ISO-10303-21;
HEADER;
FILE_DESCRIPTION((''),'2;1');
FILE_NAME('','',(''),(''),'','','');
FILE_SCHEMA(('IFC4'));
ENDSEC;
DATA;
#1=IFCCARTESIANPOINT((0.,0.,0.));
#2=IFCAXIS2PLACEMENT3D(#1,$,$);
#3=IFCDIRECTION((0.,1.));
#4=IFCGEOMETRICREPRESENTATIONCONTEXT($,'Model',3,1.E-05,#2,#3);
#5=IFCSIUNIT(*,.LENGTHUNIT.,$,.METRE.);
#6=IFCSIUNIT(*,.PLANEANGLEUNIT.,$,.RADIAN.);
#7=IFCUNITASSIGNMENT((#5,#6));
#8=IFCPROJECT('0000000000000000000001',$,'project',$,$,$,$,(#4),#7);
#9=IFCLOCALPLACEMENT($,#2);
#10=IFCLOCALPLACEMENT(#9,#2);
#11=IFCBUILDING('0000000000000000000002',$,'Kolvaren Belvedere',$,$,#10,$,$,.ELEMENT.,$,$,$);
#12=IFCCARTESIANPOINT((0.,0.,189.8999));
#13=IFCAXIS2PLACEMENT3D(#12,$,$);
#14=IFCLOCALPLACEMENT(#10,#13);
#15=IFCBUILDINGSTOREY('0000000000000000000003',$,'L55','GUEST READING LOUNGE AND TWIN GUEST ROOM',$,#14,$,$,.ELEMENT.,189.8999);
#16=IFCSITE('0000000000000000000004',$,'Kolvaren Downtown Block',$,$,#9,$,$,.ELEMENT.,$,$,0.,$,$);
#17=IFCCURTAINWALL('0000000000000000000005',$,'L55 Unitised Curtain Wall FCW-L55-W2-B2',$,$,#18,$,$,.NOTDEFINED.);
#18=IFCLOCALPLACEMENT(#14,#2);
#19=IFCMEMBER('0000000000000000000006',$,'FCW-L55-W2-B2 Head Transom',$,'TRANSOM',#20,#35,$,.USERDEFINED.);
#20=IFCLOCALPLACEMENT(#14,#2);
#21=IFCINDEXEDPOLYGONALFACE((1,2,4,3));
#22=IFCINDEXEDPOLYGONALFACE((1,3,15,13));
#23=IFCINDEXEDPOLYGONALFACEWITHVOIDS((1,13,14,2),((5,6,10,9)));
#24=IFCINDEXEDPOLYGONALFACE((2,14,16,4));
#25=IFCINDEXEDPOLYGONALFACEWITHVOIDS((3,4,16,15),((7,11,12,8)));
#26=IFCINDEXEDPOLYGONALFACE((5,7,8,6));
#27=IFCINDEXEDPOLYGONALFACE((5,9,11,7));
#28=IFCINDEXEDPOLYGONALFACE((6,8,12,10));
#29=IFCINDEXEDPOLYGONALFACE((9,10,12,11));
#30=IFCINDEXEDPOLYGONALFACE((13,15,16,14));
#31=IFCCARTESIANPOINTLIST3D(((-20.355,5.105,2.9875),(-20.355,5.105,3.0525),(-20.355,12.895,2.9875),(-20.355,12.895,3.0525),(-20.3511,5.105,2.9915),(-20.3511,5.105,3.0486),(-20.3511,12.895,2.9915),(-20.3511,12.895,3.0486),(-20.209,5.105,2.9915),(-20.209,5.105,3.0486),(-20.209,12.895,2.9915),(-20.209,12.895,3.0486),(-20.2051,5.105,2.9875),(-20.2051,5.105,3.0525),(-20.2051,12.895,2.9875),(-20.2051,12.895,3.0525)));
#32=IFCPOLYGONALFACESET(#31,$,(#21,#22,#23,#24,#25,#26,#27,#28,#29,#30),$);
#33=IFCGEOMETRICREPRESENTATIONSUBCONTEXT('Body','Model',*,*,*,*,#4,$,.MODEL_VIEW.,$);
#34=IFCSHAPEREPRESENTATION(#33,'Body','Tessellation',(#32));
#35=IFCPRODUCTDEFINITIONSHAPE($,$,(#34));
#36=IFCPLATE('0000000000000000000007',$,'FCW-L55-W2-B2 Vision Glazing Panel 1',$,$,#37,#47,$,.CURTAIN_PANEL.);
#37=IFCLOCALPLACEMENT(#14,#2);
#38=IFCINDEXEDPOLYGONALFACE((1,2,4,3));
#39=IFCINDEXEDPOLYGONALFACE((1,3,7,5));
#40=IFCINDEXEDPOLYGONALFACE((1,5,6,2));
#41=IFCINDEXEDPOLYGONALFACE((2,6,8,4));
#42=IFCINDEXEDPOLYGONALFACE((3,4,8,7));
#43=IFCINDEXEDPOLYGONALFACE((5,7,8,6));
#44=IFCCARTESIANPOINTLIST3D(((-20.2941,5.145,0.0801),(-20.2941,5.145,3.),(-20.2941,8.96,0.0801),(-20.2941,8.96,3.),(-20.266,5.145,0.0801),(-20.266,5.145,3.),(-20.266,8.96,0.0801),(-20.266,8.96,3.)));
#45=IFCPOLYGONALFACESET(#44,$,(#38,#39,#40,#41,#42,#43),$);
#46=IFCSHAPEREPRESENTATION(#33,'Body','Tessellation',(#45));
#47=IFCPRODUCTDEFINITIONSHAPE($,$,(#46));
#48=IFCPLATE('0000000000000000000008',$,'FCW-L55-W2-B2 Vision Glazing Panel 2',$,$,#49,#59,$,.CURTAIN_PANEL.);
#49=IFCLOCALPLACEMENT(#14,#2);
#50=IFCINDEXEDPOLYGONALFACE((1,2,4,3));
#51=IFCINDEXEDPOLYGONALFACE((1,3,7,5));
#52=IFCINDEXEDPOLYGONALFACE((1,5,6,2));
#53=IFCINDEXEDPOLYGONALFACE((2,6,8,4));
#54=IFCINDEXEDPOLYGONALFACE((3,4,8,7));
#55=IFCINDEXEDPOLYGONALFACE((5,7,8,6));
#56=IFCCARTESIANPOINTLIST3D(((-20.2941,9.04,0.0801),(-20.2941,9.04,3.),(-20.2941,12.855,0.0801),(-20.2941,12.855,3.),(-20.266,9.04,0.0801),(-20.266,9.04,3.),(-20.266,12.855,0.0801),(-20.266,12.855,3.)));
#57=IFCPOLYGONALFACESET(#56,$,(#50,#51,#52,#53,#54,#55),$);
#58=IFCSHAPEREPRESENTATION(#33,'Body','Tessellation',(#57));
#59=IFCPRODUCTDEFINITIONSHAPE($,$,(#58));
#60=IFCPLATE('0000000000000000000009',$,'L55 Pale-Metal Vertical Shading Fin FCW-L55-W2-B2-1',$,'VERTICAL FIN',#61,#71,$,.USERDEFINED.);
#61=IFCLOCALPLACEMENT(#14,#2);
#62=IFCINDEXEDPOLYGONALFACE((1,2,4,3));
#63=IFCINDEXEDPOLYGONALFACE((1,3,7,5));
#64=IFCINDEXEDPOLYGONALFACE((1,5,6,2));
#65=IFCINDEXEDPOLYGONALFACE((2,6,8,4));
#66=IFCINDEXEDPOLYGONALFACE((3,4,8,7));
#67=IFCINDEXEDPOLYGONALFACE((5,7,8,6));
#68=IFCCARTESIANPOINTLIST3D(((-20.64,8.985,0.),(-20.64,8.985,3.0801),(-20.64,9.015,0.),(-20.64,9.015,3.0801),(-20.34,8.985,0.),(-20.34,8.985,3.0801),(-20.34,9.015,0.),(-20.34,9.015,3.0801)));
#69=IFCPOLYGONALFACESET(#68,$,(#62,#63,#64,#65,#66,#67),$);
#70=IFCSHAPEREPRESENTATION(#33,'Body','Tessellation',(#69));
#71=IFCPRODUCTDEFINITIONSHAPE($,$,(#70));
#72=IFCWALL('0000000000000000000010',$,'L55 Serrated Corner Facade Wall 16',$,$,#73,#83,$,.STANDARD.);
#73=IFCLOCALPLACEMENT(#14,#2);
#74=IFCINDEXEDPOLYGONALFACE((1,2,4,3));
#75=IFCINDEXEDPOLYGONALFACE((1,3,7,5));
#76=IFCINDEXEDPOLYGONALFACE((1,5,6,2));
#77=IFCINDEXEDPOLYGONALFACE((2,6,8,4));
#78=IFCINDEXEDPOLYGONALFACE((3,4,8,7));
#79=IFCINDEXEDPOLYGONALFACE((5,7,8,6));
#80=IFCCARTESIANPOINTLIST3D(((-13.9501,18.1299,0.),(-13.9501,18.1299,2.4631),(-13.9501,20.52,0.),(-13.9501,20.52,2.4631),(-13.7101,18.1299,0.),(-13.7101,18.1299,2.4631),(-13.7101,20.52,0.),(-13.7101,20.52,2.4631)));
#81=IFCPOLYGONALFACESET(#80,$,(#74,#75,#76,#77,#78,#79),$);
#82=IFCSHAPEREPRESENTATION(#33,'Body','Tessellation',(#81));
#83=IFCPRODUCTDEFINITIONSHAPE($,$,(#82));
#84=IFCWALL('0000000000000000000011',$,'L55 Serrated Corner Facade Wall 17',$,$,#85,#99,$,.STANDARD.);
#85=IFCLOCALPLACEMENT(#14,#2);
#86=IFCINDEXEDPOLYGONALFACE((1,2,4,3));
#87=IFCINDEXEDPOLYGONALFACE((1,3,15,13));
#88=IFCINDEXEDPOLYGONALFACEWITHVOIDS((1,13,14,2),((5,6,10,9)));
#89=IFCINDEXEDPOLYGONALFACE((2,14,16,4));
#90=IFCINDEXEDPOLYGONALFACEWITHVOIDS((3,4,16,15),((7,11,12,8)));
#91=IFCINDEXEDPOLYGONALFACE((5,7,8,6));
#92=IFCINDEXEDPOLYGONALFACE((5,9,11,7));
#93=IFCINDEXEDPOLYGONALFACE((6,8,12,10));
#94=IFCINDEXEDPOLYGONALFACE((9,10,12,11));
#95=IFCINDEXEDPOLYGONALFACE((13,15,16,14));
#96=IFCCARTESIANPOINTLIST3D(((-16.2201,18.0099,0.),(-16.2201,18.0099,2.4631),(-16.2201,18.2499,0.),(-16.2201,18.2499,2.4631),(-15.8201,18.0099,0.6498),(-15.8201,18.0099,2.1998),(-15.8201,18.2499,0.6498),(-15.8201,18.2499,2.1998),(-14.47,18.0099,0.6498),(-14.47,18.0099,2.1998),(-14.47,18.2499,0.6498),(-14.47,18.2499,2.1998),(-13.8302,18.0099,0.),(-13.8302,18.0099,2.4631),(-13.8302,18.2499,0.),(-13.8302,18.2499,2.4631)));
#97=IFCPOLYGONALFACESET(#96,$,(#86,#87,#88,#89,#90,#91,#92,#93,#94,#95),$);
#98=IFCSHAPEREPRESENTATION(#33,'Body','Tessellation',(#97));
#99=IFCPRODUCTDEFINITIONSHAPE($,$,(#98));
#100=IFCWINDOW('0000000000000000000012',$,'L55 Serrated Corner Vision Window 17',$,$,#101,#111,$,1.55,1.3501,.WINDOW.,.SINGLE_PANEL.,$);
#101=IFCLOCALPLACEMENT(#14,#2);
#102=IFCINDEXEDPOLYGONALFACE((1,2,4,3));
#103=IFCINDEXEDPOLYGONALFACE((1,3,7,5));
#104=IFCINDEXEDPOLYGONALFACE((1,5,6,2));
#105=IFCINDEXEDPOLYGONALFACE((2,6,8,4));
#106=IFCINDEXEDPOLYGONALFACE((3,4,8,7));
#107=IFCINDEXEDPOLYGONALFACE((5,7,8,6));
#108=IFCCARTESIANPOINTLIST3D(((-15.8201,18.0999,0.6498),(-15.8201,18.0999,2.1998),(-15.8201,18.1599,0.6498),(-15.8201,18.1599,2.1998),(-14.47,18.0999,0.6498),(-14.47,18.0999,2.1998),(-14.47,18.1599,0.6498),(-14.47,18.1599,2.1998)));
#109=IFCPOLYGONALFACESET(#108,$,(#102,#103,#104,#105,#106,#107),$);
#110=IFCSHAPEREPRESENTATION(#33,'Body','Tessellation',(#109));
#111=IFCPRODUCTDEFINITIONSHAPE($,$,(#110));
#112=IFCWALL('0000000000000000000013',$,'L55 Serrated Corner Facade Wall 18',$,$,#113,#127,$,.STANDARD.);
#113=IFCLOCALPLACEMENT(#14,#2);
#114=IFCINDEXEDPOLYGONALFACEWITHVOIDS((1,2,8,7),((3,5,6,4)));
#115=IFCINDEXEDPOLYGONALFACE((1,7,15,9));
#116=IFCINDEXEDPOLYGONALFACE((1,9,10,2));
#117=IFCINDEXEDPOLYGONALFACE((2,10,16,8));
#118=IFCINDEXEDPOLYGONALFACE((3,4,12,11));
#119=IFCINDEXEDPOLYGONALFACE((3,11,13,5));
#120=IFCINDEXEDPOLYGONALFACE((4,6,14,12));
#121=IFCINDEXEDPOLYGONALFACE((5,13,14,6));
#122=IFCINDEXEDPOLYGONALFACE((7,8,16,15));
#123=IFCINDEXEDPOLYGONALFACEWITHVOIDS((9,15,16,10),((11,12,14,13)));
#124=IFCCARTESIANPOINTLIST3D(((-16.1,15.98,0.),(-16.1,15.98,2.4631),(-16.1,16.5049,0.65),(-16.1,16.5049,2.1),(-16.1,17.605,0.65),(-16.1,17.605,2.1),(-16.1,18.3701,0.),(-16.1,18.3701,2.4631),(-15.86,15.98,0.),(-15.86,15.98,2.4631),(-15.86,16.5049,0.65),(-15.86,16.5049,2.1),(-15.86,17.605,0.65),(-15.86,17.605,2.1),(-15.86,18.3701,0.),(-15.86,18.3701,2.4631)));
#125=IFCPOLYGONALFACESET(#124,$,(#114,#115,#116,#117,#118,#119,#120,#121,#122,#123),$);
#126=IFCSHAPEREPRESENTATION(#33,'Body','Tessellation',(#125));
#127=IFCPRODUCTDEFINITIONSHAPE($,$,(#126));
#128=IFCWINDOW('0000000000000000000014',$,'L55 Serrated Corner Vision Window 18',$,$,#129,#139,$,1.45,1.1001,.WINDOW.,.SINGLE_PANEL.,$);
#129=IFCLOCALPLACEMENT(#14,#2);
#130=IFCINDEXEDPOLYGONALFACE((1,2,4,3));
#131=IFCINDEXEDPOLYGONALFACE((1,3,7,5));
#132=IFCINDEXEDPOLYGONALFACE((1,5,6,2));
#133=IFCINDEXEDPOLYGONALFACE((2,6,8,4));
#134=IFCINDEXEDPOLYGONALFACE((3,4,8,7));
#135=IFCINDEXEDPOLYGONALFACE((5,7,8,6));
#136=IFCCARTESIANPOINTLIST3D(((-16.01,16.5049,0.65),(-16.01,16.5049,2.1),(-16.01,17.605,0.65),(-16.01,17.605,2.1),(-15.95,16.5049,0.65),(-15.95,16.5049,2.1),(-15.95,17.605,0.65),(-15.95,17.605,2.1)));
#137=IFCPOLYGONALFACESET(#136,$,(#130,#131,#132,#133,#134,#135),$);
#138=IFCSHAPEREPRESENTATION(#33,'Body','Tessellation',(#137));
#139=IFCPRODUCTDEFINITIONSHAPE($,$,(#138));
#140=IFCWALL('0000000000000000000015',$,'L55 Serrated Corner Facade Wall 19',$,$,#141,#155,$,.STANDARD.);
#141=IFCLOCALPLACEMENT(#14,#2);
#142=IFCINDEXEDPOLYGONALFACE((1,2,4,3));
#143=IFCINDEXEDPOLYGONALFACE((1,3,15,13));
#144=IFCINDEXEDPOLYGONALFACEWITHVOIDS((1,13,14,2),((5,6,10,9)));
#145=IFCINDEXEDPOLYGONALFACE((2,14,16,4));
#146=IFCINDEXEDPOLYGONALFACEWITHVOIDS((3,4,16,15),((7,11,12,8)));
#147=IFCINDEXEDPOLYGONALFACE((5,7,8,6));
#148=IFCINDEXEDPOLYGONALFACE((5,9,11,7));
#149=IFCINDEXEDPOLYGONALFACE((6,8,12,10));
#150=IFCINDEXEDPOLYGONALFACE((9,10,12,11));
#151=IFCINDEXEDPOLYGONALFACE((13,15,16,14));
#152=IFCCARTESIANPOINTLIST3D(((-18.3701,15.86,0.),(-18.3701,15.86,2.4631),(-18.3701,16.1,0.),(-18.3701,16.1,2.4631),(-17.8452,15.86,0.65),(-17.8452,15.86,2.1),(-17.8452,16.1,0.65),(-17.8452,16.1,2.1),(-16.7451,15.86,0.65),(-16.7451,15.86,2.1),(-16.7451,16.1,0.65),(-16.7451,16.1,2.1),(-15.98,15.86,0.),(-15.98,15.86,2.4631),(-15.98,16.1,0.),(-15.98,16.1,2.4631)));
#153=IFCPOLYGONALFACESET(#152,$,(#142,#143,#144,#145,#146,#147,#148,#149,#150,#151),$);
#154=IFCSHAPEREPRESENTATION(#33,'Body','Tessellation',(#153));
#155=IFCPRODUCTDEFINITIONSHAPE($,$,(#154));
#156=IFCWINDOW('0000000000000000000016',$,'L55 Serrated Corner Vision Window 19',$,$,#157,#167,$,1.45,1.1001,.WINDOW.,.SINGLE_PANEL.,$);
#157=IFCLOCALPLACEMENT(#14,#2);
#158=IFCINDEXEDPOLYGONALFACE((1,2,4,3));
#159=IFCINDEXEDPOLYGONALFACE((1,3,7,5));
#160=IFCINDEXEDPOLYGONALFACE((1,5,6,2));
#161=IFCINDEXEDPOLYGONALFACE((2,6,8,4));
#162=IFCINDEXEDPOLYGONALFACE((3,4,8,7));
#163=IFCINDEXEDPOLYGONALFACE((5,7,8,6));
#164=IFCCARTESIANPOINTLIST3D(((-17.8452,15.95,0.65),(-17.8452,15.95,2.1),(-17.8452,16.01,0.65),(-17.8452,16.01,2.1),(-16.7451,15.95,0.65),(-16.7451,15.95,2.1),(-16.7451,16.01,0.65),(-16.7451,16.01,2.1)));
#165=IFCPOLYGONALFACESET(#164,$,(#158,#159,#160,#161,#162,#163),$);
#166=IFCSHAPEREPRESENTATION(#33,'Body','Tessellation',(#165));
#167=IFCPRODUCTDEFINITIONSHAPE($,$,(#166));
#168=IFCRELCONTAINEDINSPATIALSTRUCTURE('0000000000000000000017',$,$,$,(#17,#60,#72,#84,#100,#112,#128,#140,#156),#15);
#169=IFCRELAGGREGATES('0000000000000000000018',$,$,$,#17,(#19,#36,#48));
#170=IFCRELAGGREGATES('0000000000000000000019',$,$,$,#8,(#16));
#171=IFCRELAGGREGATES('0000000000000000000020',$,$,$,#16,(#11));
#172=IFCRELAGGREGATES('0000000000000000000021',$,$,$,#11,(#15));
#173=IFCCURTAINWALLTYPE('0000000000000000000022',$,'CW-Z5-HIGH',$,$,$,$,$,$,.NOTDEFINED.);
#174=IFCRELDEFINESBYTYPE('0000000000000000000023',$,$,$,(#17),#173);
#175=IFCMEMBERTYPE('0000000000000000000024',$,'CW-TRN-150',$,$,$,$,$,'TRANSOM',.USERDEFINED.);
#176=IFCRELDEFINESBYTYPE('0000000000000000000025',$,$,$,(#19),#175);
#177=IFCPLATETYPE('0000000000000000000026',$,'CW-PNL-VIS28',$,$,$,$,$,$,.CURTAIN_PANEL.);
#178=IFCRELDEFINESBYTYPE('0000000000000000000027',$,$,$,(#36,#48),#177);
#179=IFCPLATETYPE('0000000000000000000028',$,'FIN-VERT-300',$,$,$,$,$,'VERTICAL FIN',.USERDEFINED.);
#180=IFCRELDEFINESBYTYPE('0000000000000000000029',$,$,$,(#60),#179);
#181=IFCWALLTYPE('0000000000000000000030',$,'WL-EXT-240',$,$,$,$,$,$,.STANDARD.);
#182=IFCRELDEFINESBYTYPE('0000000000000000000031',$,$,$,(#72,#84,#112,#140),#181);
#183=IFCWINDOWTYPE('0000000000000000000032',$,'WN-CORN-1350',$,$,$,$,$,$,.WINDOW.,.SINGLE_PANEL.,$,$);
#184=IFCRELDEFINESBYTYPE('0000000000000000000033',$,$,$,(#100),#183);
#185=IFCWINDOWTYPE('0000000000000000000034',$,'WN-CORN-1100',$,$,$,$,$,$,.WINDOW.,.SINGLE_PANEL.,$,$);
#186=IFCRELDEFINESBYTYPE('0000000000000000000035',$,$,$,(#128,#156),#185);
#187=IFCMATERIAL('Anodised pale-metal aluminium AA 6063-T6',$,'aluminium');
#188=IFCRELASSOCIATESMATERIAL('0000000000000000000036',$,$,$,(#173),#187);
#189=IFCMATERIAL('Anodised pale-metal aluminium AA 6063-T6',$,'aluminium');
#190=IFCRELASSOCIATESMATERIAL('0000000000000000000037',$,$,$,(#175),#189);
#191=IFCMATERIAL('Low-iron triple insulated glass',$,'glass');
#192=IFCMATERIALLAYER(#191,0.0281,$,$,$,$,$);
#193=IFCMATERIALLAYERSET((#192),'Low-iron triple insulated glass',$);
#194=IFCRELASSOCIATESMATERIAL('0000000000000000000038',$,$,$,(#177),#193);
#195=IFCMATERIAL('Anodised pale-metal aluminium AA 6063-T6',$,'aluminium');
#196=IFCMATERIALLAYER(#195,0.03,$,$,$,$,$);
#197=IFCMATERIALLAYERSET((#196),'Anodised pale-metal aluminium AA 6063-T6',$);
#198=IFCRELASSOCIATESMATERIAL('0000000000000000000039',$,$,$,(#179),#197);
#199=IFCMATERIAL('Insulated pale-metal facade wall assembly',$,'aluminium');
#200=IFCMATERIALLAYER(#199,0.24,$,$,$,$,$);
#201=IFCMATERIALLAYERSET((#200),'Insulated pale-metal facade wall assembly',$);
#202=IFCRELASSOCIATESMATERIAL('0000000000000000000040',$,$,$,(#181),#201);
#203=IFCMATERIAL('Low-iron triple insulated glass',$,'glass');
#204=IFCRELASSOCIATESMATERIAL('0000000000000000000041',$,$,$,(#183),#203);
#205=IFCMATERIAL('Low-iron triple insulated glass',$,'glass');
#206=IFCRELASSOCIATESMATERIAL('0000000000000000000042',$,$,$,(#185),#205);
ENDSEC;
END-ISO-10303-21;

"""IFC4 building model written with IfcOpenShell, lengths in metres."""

from ifc_helpers import new_model, si_unit, direction, frame, frame_2d, origin, origin_2d, place, context, subcontext, project, spatial, rectangle, hollow_rectangle, extrude, material, layer, layer_set, material_profile, profile_set, type_object, element, fill, aggregate, save


model = new_model("IFC4")

# Units and contexts
model_context = context("Model", 3, precision=1e-05, world=origin(), true_north=direction((0.0, 1.0)))
body_context = subcontext(model_context, "Body", "Model", "MODEL_VIEW")
ifc_project = project(units=[si_unit("LENGTHUNIT", "METRE"), si_unit("PLANEANGLEUNIT", "RADIAN")], contexts=[model_context])

# Site, building, storey
site_placement = place(None, origin())
site = spatial("IfcSite", under=ifc_project, at=site_placement, Name="Kolvaren Downtown Block", CompositionType="ELEMENT", RefElevation=0.0)
building_placement = place(site_placement, origin())
building = spatial("IfcBuilding", under=site, at=building_placement, Name="Kolvaren Belvedere", CompositionType="ELEMENT")
storey_placement = place(building_placement, frame((0.0, 0.0, 189.8999)))
storey = spatial("IfcBuildingStorey", under=building, at=storey_placement, Name="L55", Description="GUEST READING LOUNGE AND TWIN GUEST ROOM", CompositionType="ELEMENT", Elevation=189.8999)

# Curtain wall, member, plates
ifc_material_1 = material(Name="Anodised pale-metal aluminium AA 6063-T6", Category="aluminium")
curtain_wall_type = type_object("IfcCurtainWallType", Name="CW-Z5-HIGH", PredefinedType="NOTDEFINED", material=ifc_material_1)
curtain_wall_placement = place(storey_placement, origin())
curtain_wall = element("IfcCurtainWall", 1, at=curtain_wall_placement, inside=storey, type_object=curtain_wall_type, Name="L55 Unitised Curtain Wall FCW-L55-W2-B2", PredefinedType="NOTDEFINED")
ifc_material_2 = material(Name="Anodised pale-metal aluminium AA 6063-T6", Category="aluminium")
ifc_material_profile_1 = material_profile(ifc_material_2, hollow_rectangle(XDim=0.0649, YDim=0.1499, WallThickness=0.0039, at=origin_2d()), Name="ALU-TRN-150X65")
ifc_profile_set_1 = profile_set([ifc_material_profile_1], Name="Anodised pale-metal aluminium AA 6063-T6")
member_type_1 = type_object("IfcMemberType", Name="CW-TRN-150", ElementType="TRANSOM", PredefinedType="USERDEFINED", material=ifc_profile_set_1)
member_1_placement = place(storey_placement, frame((-20.28, 5.105, 3.02), z_axis=(0.0, 1.0, 0.0), x_axis=(0.0, 0.0, 1.0)))
member_1 = element("IfcMember", 2, at=member_1_placement, type_object=member_type_1, Name="FCW-L55-W2-B2 Head Transom", ObjectType="TRANSOM", PredefinedType="USERDEFINED", context=body_context, shape_type="SweptSolid", body=[
    extrude(hollow_rectangle(XDim=0.0649, YDim=0.1499, WallThickness=0.0039, at=origin_2d()), origin(), (0.0, 0.0, 1.0), 7.79),
])
ifc_material_3 = material(Name="Low-iron triple insulated glass", Category="glass")
ifc_layer_1 = layer(ifc_material_3, 0.0281)
ifc_layer_set_1 = layer_set([ifc_layer_1], Name="Low-iron triple insulated glass")
plate_type_1 = type_object("IfcPlateType", Name="CW-PNL-VIS28", PredefinedType="CURTAIN_PANEL", material=ifc_layer_set_1)
plate_1_placement = place(storey_placement, frame((-20.28, 7.0525, 0.0801), z_axis=(0.0, 0.0, 1.0), x_axis=(0.0, 1.0, 0.0)))
plate_1 = element("IfcPlate", 3, at=plate_1_placement, type_object=plate_type_1, Name="FCW-L55-W2-B2 Vision Glazing Panel 1", PredefinedType="CURTAIN_PANEL", context=body_context, shape_type="SweptSolid", body=[
    extrude(rectangle(XDim=3.8149, YDim=0.0281, at=origin_2d()), origin(), (0.0, 0.0, 1.0), 2.9199),
])
plate_2_placement = place(storey_placement, frame((-20.28, 10.9475, 0.0801), z_axis=(0.0, 0.0, 1.0), x_axis=(0.0, 1.0, 0.0)))
plate_2 = element("IfcPlate", 4, at=plate_2_placement, type_object=plate_type_1, Name="FCW-L55-W2-B2 Vision Glazing Panel 2", PredefinedType="CURTAIN_PANEL", context=body_context, shape_type="SweptSolid", body=[
    extrude(rectangle(XDim=3.8149, YDim=0.0281, at=origin_2d()), origin(), (0.0, 0.0, 1.0), 2.9199),
])
aggregate(curtain_wall, [member_1, plate_1, plate_2])

# Plate
ifc_material_4 = material(Name="Anodised pale-metal aluminium AA 6063-T6", Category="aluminium")
ifc_layer_2 = layer(ifc_material_4, 0.03)
ifc_layer_set_2 = layer_set([ifc_layer_2], Name="Anodised pale-metal aluminium AA 6063-T6")
plate_type_2 = type_object("IfcPlateType", Name="FIN-VERT-300", ElementType="VERTICAL FIN", PredefinedType="USERDEFINED", material=ifc_layer_set_2)
plate_3_placement = place(storey_placement, frame((-20.49, 9.0, 0.0), z_axis=(0.0, 0.0, 1.0), x_axis=(1.0, 0.0, 0.0)))
element("IfcPlate", 5, at=plate_3_placement, inside=storey, type_object=plate_type_2, Name="L55 Pale-Metal Vertical Shading Fin FCW-L55-W2-B2-1", ObjectType="VERTICAL FIN", PredefinedType="USERDEFINED", context=body_context, shape_type="SweptSolid", body=[
    extrude(rectangle(XDim=0.3, YDim=0.03, at=origin_2d()), origin(), (0.0, 0.0, 1.0), 3.0801),
])

# Wall
ifc_material_5 = material(Name="Insulated pale-metal facade wall assembly", Category="aluminium")
ifc_layer_3 = layer(ifc_material_5, 0.24)
ifc_layer_set_3 = layer_set([ifc_layer_3], Name="Insulated pale-metal facade wall assembly")
wall_type_1 = type_object("IfcWallType", Name="WL-EXT-240", PredefinedType="STANDARD", material=ifc_layer_set_3)
wall_1_placement = place(storey_placement, frame((-13.8301, 18.1299, 0.0), z_axis=(0.0, 0.0, 1.0), x_axis=(0.0, 1.0, 0.0)))
element("IfcWall", 6, at=wall_1_placement, inside=storey, type_object=wall_type_1, Name="L55 Serrated Corner Facade Wall 16", PredefinedType="STANDARD", context=body_context, shape_type="SweptSolid", body=[
    extrude(rectangle(XDim=2.3901, YDim=0.24, at=frame_2d((1.1951, 0.0))), origin(), (0.0, 0.0, 1.0), 2.4631),
])

# Walls, openings, windows
wall_2_placement = place(storey_placement, frame((-16.22, 18.1299, 0.0), z_axis=(0.0, 0.0, 1.0), x_axis=(1.0, 0.0, 0.0)))
wall_2 = element("IfcWall", 7, at=wall_2_placement, inside=storey, type_object=wall_type_1, Name="L55 Serrated Corner Facade Wall 17", PredefinedType="STANDARD", context=body_context, shape_type="SweptSolid", body=[
    extrude(rectangle(XDim=2.3899, YDim=0.24, at=frame_2d((1.1948, 0.0))), origin(), (0.0, 0.0, 1.0), 2.4631),
])
opening_1_placement = place(wall_2_placement, frame((0.3999, 0.0, 0.6499)))
opening_1 = element("IfcOpeningElement", 8, at=opening_1_placement, cuts=wall_2, PredefinedType="OPENING", context=body_context, shape_type="SweptSolid", body=[
    extrude(rectangle(XDim=1.3501, YDim=1.55, at=frame_2d((0.675, 0.7749))), frame((0.0, 0.1299, 0.0), z_axis=(0.0, -1.0, 0.0), x_axis=(1.0, 0.0, 0.0)), (0.0, 0.0, 1.0), 0.26),
])
ifc_material_6 = material(Name="Low-iron triple insulated glass", Category="glass")
window_type_1 = type_object("IfcWindowType", Name="WN-CORN-1350", PartitioningType="SINGLE_PANEL", PredefinedType="WINDOW", material=ifc_material_6)
window_1_placement = place(opening_1_placement, origin())
window_1 = element("IfcWindow", 9, at=window_1_placement, inside=storey, type_object=window_type_1, Name="L55 Serrated Corner Vision Window 17", OverallHeight=1.55, OverallWidth=1.3501, PartitioningType="SINGLE_PANEL", PredefinedType="WINDOW", context=body_context, shape_type="SweptSolid", body=[
    extrude(rectangle(XDim=1.3501, YDim=1.55, at=frame_2d((0.675, 0.7749))), frame((0.0, 0.03, 0.0), z_axis=(0.0, -1.0, 0.0), x_axis=(1.0, 0.0, 0.0)), (0.0, 0.0, 1.0), 0.0601),
])
fill(opening_1, window_1)
wall_3_placement = place(storey_placement, frame((-15.98, 15.98, 0.0), z_axis=(0.0, 0.0, 1.0), x_axis=(0.0, 1.0, 0.0)))
wall_3 = element("IfcWall", 10, at=wall_3_placement, inside=storey, type_object=wall_type_1, Name="L55 Serrated Corner Facade Wall 18", PredefinedType="STANDARD", context=body_context, shape_type="SweptSolid", body=[
    extrude(rectangle(XDim=2.3901, YDim=0.24, at=frame_2d((1.1951, 0.0))), origin(), (0.0, 0.0, 1.0), 2.4631),
])
opening_2_placement = place(wall_3_placement, frame((0.5249, 0.0, 0.6499)))
opening_2 = element("IfcOpeningElement", 11, at=opening_2_placement, cuts=wall_3, PredefinedType="OPENING", context=body_context, shape_type="SweptSolid", body=[
    extrude(rectangle(XDim=1.1001, YDim=1.45, at=frame_2d((0.55, 0.7251))), frame((0.0, 0.1299, 0.0), z_axis=(0.0, -1.0, 0.0), x_axis=(1.0, 0.0, 0.0)), (0.0, 0.0, 1.0), 0.26),
])
ifc_material_7 = material(Name="Low-iron triple insulated glass", Category="glass")
window_type_2 = type_object("IfcWindowType", Name="WN-CORN-1100", PartitioningType="SINGLE_PANEL", PredefinedType="WINDOW", material=ifc_material_7)
window_2_placement = place(opening_2_placement, origin())
window_2 = element("IfcWindow", 12, at=window_2_placement, inside=storey, type_object=window_type_2, Name="L55 Serrated Corner Vision Window 18", OverallHeight=1.45, OverallWidth=1.1001, PartitioningType="SINGLE_PANEL", PredefinedType="WINDOW", context=body_context, shape_type="SweptSolid", body=[
    extrude(rectangle(XDim=1.1001, YDim=1.45, at=frame_2d((0.55, 0.7251))), frame((0.0, 0.03, 0.0), z_axis=(0.0, -1.0, 0.0), x_axis=(1.0, 0.0, 0.0)), (0.0, 0.0, 1.0), 0.0601),
])
fill(opening_2, window_2)
wall_4_placement = place(storey_placement, frame((-18.3701, 15.98, 0.0), z_axis=(0.0, 0.0, 1.0), x_axis=(1.0, 0.0, 0.0)))
wall_4 = element("IfcWall", 13, at=wall_4_placement, inside=storey, type_object=wall_type_1, Name="L55 Serrated Corner Facade Wall 19", PredefinedType="STANDARD", context=body_context, shape_type="SweptSolid", body=[
    extrude(rectangle(XDim=2.3901, YDim=0.24, at=frame_2d((1.1951, 0.0))), origin(), (0.0, 0.0, 1.0), 2.4631),
])
opening_3_placement = place(wall_4_placement, frame((0.5249, 0.0, 0.6499)))
opening_3 = element("IfcOpeningElement", 14, at=opening_3_placement, cuts=wall_4, PredefinedType="OPENING", context=body_context, shape_type="SweptSolid", body=[
    extrude(rectangle(XDim=1.1001, YDim=1.45, at=frame_2d((0.55, 0.7251))), frame((0.0, 0.1299, 0.0), z_axis=(0.0, -1.0, 0.0), x_axis=(1.0, 0.0, 0.0)), (0.0, 0.0, 1.0), 0.26),
])
window_3_placement = place(opening_3_placement, origin())
window_3 = element("IfcWindow", 15, at=window_3_placement, inside=storey, type_object=window_type_2, Name="L55 Serrated Corner Vision Window 19", OverallHeight=1.45, OverallWidth=1.1001, PartitioningType="SINGLE_PANEL", PredefinedType="WINDOW", context=body_context, shape_type="SweptSolid", body=[
    extrude(rectangle(XDim=1.1001, YDim=1.45, at=frame_2d((0.55, 0.7251))), frame((0.0, 0.03, 0.0), z_axis=(0.0, -1.0, 0.0), x_axis=(1.0, 0.0, 0.0)), (0.0, 0.0, 1.0), 0.0601),
])
fill(opening_3, window_3)

save(model, "model.ifc")
